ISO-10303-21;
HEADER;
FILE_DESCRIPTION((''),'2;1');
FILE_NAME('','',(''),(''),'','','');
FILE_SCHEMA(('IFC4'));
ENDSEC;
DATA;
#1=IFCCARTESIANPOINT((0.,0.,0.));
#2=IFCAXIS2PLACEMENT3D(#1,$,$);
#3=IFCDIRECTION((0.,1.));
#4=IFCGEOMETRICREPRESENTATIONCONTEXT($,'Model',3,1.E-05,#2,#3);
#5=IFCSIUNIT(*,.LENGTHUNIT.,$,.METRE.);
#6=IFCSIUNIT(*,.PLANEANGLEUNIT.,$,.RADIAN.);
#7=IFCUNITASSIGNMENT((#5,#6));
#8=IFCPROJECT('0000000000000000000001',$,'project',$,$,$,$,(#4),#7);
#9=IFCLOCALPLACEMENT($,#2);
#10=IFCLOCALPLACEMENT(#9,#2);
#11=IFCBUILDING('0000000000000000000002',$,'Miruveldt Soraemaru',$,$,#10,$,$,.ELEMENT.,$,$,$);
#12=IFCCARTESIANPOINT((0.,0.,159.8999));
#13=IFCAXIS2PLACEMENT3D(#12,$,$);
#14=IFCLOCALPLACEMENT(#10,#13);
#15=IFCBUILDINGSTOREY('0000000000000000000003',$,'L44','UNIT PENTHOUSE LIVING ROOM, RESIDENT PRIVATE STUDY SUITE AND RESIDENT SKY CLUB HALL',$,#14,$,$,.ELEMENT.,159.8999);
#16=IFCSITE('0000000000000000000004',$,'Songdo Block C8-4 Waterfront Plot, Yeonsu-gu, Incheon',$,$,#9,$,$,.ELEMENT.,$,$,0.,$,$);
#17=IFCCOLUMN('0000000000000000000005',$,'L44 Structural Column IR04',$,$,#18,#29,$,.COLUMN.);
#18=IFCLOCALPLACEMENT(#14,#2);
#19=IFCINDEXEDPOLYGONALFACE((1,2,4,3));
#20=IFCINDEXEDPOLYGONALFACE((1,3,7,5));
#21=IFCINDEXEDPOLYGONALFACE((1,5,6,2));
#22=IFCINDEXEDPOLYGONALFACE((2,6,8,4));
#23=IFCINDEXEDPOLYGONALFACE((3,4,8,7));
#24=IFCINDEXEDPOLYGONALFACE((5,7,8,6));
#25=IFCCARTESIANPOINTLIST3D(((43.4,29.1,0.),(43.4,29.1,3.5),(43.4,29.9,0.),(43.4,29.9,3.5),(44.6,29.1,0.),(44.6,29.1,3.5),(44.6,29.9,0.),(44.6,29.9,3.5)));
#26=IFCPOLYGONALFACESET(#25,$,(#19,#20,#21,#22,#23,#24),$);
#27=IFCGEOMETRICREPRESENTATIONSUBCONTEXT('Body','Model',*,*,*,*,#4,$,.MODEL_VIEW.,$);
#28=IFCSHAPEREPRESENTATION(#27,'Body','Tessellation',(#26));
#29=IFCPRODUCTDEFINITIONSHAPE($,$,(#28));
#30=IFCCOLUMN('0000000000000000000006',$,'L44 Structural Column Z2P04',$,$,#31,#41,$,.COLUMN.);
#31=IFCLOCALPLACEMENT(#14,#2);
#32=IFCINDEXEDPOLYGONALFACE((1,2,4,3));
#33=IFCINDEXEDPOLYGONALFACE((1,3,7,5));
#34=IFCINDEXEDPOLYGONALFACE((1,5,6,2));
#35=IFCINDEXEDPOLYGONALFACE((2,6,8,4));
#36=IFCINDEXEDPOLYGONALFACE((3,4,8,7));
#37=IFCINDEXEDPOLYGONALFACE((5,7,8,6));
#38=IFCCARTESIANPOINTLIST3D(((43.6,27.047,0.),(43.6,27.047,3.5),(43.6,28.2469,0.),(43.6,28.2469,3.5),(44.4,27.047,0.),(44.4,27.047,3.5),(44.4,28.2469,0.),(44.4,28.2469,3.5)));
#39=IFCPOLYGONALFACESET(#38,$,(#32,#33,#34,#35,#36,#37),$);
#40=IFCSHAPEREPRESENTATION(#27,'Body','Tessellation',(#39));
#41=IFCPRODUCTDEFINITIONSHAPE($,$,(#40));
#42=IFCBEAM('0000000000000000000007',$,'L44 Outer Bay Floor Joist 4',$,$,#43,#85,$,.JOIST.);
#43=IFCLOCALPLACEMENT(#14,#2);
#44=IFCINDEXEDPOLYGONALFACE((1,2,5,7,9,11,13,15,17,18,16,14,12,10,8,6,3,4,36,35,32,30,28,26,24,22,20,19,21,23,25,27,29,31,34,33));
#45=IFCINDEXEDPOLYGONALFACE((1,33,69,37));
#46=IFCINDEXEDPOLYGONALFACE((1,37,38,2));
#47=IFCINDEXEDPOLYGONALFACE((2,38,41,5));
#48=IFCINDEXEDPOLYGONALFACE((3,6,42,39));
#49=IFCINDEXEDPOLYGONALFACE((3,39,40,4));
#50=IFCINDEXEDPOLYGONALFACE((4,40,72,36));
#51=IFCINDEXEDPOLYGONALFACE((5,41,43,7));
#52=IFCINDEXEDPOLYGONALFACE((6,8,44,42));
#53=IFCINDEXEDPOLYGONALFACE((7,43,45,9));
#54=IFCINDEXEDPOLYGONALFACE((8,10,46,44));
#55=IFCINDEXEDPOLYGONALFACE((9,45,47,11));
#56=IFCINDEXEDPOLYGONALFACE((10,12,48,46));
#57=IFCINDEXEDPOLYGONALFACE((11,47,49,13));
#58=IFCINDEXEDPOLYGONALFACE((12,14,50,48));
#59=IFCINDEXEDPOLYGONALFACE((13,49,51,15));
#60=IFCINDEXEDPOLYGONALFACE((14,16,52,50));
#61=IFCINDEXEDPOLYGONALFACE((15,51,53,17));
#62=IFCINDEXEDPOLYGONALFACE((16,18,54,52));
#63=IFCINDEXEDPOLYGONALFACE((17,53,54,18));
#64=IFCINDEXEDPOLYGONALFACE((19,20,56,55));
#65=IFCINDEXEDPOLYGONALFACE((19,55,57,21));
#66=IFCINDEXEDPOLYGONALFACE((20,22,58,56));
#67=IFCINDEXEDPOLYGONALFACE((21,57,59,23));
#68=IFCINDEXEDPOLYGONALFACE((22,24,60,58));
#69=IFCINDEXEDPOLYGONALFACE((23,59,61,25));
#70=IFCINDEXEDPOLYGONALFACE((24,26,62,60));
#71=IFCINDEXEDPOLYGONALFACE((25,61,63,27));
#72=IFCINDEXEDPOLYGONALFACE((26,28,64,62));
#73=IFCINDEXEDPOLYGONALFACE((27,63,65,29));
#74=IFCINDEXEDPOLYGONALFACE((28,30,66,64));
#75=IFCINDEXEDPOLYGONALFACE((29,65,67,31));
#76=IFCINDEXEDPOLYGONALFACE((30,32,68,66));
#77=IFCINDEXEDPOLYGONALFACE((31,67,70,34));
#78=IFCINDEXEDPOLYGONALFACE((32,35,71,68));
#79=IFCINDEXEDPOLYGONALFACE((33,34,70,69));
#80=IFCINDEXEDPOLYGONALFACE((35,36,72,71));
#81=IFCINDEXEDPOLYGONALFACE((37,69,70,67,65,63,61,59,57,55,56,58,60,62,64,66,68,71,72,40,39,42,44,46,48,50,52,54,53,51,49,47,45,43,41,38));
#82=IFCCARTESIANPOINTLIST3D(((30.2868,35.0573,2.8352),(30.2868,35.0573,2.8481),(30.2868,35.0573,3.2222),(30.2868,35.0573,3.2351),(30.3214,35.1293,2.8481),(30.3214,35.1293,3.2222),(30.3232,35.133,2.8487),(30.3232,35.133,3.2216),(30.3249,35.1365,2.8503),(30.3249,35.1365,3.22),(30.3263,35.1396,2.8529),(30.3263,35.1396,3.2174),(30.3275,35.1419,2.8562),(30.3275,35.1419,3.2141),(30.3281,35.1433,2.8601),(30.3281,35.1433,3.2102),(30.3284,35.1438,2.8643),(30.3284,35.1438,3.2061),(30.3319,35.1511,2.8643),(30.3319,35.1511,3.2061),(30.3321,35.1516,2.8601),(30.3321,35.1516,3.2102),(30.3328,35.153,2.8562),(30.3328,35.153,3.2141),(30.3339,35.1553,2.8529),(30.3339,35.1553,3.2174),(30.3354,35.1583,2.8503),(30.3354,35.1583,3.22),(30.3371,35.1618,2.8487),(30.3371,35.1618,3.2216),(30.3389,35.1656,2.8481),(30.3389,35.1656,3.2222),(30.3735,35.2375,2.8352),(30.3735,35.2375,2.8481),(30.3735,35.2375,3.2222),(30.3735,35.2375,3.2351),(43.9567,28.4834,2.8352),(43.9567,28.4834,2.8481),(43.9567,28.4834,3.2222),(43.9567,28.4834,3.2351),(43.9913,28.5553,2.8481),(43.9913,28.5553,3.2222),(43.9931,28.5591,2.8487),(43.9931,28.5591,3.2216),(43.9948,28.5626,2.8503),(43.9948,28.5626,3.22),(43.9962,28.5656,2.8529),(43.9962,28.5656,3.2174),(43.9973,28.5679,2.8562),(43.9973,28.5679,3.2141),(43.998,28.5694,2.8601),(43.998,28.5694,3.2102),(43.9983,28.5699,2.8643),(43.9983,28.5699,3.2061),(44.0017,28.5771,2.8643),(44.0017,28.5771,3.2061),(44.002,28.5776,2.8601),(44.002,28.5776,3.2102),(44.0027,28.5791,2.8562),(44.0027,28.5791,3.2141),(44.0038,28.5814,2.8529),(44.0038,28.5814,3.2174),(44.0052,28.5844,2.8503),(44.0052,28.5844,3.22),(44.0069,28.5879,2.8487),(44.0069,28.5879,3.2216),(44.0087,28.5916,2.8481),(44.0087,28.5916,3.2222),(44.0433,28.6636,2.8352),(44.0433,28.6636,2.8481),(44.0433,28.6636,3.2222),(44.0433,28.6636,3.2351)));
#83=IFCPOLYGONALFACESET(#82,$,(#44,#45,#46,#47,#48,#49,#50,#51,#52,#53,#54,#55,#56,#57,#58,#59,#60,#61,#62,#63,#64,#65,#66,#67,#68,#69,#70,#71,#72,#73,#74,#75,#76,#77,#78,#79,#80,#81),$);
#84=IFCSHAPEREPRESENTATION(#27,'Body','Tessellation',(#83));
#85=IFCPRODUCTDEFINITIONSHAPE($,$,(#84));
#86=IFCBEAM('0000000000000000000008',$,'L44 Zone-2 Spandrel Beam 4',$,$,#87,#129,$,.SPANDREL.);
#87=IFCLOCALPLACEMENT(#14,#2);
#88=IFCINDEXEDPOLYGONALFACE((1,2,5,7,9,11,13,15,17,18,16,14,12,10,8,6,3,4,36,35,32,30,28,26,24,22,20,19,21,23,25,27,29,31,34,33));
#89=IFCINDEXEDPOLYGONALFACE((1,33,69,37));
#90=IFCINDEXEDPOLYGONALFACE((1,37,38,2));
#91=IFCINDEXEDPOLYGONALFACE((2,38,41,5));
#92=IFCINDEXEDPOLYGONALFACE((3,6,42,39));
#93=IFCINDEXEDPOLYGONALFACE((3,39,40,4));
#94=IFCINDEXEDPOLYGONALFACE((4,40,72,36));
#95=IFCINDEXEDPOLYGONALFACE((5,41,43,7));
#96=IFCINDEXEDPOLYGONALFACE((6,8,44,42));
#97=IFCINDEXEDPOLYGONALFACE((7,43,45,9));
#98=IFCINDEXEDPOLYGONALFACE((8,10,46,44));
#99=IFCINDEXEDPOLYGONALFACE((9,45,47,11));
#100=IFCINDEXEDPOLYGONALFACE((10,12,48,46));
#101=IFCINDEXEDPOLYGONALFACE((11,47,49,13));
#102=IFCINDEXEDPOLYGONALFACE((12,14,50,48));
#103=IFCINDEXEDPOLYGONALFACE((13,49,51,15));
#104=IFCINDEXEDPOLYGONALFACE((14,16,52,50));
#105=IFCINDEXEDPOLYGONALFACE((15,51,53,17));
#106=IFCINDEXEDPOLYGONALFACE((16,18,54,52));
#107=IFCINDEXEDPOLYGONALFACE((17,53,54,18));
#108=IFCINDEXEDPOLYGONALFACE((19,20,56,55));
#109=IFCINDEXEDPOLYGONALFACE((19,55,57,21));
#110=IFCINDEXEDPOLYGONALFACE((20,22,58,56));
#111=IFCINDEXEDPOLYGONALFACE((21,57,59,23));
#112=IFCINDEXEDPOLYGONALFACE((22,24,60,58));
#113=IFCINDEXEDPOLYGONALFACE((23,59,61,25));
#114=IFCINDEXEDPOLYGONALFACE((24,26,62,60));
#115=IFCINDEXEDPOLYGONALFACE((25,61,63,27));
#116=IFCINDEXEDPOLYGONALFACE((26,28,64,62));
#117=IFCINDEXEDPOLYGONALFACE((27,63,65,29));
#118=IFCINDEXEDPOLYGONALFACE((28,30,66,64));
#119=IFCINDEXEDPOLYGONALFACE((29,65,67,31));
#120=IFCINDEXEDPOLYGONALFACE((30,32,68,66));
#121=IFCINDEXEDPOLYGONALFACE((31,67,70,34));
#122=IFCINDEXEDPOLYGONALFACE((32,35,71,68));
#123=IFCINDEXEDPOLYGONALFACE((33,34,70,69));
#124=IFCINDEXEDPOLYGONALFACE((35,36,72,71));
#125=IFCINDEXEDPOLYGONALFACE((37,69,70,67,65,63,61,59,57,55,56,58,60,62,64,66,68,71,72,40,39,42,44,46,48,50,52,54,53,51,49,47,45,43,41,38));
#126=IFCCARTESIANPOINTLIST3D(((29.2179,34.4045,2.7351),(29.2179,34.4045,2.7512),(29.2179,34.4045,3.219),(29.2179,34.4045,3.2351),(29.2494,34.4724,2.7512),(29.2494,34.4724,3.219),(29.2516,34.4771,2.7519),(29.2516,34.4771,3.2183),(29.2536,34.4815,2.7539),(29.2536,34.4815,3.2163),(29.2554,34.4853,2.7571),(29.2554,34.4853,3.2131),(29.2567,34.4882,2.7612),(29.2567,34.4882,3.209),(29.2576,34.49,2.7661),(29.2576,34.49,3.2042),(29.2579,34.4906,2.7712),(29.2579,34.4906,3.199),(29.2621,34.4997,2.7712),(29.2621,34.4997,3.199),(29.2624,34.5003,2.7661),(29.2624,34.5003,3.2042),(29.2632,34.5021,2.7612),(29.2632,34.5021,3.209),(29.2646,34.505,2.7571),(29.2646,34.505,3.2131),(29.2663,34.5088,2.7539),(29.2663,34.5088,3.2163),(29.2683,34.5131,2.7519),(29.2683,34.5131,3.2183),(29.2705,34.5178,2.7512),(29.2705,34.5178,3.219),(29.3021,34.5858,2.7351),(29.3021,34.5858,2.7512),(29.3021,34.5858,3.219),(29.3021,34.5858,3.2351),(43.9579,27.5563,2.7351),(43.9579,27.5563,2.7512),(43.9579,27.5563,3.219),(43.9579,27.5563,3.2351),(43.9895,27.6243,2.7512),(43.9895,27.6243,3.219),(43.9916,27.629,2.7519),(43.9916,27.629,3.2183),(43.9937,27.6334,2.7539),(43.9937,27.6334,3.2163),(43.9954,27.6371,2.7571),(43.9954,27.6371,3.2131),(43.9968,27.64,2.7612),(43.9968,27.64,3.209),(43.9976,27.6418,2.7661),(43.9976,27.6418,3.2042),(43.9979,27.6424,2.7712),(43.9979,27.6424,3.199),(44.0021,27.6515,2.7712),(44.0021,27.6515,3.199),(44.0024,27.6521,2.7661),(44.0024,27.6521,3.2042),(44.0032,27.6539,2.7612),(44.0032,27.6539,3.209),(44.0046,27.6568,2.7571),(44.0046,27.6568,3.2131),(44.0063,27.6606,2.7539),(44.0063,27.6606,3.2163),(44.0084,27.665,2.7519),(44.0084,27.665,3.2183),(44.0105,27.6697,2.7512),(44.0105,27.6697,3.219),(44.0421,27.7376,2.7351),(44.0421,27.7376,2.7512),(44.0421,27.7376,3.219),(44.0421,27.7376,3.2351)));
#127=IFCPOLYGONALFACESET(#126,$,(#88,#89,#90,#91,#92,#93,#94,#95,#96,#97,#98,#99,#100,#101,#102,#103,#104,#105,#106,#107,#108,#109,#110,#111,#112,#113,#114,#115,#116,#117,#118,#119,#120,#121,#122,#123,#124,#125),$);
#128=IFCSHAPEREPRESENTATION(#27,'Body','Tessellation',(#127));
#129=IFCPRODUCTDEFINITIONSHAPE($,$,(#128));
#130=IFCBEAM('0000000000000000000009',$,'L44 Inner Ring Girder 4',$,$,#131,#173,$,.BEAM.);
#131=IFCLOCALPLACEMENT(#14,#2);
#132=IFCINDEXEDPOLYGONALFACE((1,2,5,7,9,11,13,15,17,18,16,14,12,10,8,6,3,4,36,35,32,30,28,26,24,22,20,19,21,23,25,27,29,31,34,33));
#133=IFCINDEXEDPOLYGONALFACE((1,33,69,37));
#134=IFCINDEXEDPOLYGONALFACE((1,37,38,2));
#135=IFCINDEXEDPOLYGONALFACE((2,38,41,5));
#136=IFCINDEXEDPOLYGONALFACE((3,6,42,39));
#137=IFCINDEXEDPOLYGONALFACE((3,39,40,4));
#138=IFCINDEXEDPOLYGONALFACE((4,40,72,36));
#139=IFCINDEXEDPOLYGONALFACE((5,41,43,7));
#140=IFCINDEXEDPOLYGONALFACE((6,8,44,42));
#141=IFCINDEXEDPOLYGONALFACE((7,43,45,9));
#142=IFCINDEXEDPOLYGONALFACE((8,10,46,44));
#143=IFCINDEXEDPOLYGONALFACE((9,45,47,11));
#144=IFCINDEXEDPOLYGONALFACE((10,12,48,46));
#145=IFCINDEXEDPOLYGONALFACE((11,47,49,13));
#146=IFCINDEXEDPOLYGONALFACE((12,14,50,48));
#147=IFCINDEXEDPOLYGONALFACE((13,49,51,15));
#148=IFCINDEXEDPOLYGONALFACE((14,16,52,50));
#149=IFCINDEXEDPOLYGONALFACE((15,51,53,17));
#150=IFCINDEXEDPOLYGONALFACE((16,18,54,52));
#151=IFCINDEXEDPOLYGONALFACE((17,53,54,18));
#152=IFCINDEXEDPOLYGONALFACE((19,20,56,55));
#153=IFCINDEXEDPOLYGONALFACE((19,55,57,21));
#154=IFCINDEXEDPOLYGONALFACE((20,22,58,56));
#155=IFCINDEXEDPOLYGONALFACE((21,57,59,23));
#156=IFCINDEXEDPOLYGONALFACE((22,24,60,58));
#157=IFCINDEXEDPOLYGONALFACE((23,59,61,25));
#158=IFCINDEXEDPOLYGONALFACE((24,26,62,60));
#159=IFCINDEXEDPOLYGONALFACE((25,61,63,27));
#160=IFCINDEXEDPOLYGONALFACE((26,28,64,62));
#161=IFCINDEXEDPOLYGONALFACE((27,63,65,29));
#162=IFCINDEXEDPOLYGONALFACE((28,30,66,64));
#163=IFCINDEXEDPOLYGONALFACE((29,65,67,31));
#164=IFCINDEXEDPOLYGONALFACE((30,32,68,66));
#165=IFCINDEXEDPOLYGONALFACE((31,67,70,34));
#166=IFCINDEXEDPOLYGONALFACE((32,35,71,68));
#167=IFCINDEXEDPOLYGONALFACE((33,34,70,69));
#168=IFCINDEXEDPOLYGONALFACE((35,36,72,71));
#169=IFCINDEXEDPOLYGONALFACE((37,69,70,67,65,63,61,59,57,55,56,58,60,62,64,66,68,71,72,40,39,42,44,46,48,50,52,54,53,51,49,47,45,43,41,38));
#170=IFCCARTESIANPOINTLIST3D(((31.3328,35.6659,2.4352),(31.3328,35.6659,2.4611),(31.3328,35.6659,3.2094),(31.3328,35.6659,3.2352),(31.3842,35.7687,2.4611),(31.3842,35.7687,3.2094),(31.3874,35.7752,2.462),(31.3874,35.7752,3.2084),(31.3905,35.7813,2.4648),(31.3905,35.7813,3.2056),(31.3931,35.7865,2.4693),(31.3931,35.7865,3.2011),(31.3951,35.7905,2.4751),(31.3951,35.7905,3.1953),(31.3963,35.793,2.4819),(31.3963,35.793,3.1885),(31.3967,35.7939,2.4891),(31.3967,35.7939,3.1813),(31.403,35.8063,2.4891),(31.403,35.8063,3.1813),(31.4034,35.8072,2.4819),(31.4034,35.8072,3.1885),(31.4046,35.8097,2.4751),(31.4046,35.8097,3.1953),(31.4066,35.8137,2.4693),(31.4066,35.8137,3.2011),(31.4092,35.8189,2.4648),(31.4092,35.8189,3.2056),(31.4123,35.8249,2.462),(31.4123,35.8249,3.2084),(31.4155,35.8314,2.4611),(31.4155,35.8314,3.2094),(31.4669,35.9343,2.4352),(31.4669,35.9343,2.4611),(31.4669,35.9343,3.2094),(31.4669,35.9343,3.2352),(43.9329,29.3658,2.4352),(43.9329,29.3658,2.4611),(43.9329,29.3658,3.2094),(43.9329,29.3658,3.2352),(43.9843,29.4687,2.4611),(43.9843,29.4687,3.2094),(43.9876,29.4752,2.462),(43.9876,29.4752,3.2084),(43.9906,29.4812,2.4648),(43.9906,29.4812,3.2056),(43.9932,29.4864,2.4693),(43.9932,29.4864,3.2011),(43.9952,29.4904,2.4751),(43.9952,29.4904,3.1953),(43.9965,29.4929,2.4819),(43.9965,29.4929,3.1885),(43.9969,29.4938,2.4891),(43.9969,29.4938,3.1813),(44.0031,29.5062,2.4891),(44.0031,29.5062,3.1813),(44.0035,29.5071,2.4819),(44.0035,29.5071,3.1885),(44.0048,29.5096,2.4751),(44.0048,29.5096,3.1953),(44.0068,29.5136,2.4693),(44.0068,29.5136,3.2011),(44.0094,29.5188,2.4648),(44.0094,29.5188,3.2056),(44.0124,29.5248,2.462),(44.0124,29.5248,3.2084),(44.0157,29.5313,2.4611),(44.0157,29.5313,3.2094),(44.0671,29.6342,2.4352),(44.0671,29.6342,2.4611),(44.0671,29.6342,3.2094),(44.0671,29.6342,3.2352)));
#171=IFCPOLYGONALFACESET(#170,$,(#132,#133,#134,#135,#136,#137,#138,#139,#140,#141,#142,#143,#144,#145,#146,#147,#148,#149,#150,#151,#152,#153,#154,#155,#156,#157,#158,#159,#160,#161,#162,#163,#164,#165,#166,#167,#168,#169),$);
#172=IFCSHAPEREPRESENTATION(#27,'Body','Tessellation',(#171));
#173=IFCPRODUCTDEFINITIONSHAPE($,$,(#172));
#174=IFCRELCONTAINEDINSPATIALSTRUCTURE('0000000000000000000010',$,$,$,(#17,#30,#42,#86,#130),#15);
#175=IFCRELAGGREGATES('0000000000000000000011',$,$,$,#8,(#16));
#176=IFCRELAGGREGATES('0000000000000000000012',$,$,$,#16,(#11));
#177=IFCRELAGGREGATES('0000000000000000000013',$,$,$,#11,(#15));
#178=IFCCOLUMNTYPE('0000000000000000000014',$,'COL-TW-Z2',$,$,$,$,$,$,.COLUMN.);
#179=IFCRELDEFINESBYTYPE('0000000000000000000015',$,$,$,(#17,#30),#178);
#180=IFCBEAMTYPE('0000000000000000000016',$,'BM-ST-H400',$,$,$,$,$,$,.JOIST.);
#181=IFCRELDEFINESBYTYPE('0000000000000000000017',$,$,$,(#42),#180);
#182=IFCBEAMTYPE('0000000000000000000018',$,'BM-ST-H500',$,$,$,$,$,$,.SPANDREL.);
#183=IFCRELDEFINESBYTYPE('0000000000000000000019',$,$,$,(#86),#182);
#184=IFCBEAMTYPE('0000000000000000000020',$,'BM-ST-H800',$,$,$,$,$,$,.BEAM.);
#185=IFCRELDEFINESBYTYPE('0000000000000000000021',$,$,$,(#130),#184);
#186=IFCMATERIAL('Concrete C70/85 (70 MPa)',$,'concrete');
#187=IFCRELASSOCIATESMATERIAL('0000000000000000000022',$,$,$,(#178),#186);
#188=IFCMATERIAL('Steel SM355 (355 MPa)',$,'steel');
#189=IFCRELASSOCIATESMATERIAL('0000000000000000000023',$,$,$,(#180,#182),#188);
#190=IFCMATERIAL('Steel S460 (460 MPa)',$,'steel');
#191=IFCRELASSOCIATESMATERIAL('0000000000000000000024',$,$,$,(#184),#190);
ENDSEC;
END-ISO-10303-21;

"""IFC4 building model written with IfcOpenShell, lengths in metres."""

from ifc_helpers import new_model, si_unit, direction, frame, origin, origin_2d, place, context, subcontext, project, spatial, rectangle, i_section, extrude, material, material_profile, profile_set, type_object, element, save


model = new_model("IFC4")

# Units and contexts
model_context = context("Model", 3, precision=1e-05, world=origin(), true_north=direction((0.0, 1.0)))
body_context = subcontext(model_context, "Body", "Model", "MODEL_VIEW")
ifc_project = project(units=[si_unit("LENGTHUNIT", "METRE"), si_unit("PLANEANGLEUNIT", "RADIAN")], contexts=[model_context])

# Site, building, storey
site_placement = place(None, origin())
site = spatial("IfcSite", under=ifc_project, at=site_placement, Name="Songdo Block C8-4 Waterfront Plot, Yeonsu-gu, Incheon", CompositionType="ELEMENT", RefElevation=0.0)
building_placement = place(site_placement, origin())
building = spatial("IfcBuilding", under=site, at=building_placement, Name="Miruveldt Soraemaru", CompositionType="ELEMENT")
storey_placement = place(building_placement, frame((0.0, 0.0, 159.8999)))
storey = spatial("IfcBuildingStorey", under=building, at=storey_placement, Name="L44", Description="UNIT PENTHOUSE LIVING ROOM, RESIDENT PRIVATE STUDY SUITE AND RESIDENT SKY CLUB HALL", CompositionType="ELEMENT", Elevation=159.8999)

# Columns
ifc_material_1 = material(Name="Concrete C70/85 (70 MPa)", Category="concrete")
ifc_material_profile_1 = material_profile(ifc_material_1, rectangle(XDim=1.2, YDim=0.8, at=origin_2d()), Name="Concrete C70/85 (70 MPa)", Category="concrete")
ifc_profile_set_1 = profile_set([ifc_material_profile_1], Name="Concrete C70/85 (70 MPa)")
column_type = type_object("IfcColumnType", Name="COL-TW-Z2", PredefinedType="COLUMN", material=ifc_profile_set_1)
for number, where, z_axis, x_axis, name in (
    (1, (44.0, 29.5, 0.0), (0.0, 0.0, 1.0), (1.0, 0.0, 0.0), "L44 Structural Column IR04"),
    (2, (44.0, 27.647, 0.0), (0.0, 0.0, 1.0), (0.0, 1.0, 0.0), "L44 Structural Column Z2P04"),
):
    element("IfcColumn", number, at=place(storey_placement, frame(where, z_axis=z_axis, x_axis=x_axis)), inside=storey, type_object=column_type, Name=name, PredefinedType="COLUMN", context=body_context, shape_type="SweptSolid", body=[
        extrude(rectangle(XDim=1.2, YDim=0.8, at=origin_2d()), origin(), (0.0, 0.0, 1.0), 3.5),
    ])

# Beams
ifc_material_2 = material(Name="Steel SM355 (355 MPa)", Category="steel")
ifc_material_profile_2 = material_profile(ifc_material_2, i_section(OverallWidth=0.2, OverallDepth=0.3999, WebThickness=0.0081, FlangeThickness=0.0129, FilletRadius=0.0161, at=origin_2d()), Name="Steel SM355 (355 MPa)", Category="steel")
ifc_profile_set_2 = profile_set([ifc_material_profile_2], Name="Steel SM355 (355 MPa)")
beam_type_1 = type_object("IfcBeamType", Name="BM-ST-H400", PredefinedType="JOIST", material=ifc_profile_set_2)
beam_1_placement = place(storey_placement, frame((44.0, 28.5735, 3.0352), z_axis=(-0.901204, 0.433396, 0.0), x_axis=(-0.433396, -0.901204, 0.0)))
element("IfcBeam", 3, at=beam_1_placement, inside=storey, type_object=beam_type_1, Name="L44 Outer Bay Floor Joist 4", PredefinedType="JOIST", context=body_context, shape_type="SweptSolid", body=[
    extrude(i_section(OverallWidth=0.2, OverallDepth=0.3999, WebThickness=0.0081, FlangeThickness=0.0129, FilletRadius=0.0161, at=origin_2d()), origin(), (0.0, 0.0, 1.0), 15.1685),
])
ifc_material_profile_3 = material_profile(ifc_material_2, i_section(OverallWidth=0.2, OverallDepth=0.5, WebThickness=0.01, FlangeThickness=0.0161, FilletRadius=0.02, at=origin_2d()), Name="Steel SM355 (355 MPa)", Category="steel")
ifc_profile_set_3 = profile_set([ifc_material_profile_3], Name="Steel SM355 (355 MPa)")
beam_type_2 = type_object("IfcBeamType", Name="BM-ST-H500", PredefinedType="SPANDREL", material=ifc_profile_set_3)
beam_2_placement = place(storey_placement, frame((44.0, 27.647, 2.9851), z_axis=(-0.906901, 0.421343, 0.0), x_axis=(-0.421343, -0.906901, 0.0)))
element("IfcBeam", 4, at=beam_2_placement, inside=storey, type_object=beam_type_2, Name="L44 Zone-2 Spandrel Beam 4", PredefinedType="SPANDREL", context=body_context, shape_type="SweptSolid", body=[
    extrude(i_section(OverallWidth=0.2, OverallDepth=0.5, WebThickness=0.01, FlangeThickness=0.0161, FilletRadius=0.02, at=origin_2d()), origin(), (0.0, 0.0, 1.0), 16.2532),
])
ifc_material_3 = material(Name="Steel S460 (460 MPa)", Category="steel")
ifc_material_profile_4 = material_profile(ifc_material_3, i_section(OverallWidth=0.3, OverallDepth=0.8, WebThickness=0.0139, FlangeThickness=0.0259, FilletRadius=0.0281, at=origin_2d()), Name="Steel S460 (460 MPa)", Category="steel")
ifc_profile_set_4 = profile_set([ifc_material_profile_4], Name="Steel S460 (460 MPa)")
beam_type_3 = type_object("IfcBeamType", Name="BM-ST-H800", PredefinedType="BEAM", material=ifc_profile_set_4)
beam_3_placement = place(storey_placement, frame((44.0, 29.5, 2.8352), z_axis=(-0.894427, 0.447214, 0.0), x_axis=(-0.447214, -0.894427, 0.0)))
element("IfcBeam", 5, at=beam_3_placement, inside=storey, type_object=beam_type_3, Name="L44 Inner Ring Girder 4", PredefinedType="BEAM", context=body_context, shape_type="SweptSolid", body=[
    extrude(i_section(OverallWidth=0.3, OverallDepth=0.8, WebThickness=0.0139, FlangeThickness=0.0259, FilletRadius=0.0281, at=origin_2d()), origin(), (0.0, 0.0, 1.0), 14.0874),
])

save(model, "model.ifc")
